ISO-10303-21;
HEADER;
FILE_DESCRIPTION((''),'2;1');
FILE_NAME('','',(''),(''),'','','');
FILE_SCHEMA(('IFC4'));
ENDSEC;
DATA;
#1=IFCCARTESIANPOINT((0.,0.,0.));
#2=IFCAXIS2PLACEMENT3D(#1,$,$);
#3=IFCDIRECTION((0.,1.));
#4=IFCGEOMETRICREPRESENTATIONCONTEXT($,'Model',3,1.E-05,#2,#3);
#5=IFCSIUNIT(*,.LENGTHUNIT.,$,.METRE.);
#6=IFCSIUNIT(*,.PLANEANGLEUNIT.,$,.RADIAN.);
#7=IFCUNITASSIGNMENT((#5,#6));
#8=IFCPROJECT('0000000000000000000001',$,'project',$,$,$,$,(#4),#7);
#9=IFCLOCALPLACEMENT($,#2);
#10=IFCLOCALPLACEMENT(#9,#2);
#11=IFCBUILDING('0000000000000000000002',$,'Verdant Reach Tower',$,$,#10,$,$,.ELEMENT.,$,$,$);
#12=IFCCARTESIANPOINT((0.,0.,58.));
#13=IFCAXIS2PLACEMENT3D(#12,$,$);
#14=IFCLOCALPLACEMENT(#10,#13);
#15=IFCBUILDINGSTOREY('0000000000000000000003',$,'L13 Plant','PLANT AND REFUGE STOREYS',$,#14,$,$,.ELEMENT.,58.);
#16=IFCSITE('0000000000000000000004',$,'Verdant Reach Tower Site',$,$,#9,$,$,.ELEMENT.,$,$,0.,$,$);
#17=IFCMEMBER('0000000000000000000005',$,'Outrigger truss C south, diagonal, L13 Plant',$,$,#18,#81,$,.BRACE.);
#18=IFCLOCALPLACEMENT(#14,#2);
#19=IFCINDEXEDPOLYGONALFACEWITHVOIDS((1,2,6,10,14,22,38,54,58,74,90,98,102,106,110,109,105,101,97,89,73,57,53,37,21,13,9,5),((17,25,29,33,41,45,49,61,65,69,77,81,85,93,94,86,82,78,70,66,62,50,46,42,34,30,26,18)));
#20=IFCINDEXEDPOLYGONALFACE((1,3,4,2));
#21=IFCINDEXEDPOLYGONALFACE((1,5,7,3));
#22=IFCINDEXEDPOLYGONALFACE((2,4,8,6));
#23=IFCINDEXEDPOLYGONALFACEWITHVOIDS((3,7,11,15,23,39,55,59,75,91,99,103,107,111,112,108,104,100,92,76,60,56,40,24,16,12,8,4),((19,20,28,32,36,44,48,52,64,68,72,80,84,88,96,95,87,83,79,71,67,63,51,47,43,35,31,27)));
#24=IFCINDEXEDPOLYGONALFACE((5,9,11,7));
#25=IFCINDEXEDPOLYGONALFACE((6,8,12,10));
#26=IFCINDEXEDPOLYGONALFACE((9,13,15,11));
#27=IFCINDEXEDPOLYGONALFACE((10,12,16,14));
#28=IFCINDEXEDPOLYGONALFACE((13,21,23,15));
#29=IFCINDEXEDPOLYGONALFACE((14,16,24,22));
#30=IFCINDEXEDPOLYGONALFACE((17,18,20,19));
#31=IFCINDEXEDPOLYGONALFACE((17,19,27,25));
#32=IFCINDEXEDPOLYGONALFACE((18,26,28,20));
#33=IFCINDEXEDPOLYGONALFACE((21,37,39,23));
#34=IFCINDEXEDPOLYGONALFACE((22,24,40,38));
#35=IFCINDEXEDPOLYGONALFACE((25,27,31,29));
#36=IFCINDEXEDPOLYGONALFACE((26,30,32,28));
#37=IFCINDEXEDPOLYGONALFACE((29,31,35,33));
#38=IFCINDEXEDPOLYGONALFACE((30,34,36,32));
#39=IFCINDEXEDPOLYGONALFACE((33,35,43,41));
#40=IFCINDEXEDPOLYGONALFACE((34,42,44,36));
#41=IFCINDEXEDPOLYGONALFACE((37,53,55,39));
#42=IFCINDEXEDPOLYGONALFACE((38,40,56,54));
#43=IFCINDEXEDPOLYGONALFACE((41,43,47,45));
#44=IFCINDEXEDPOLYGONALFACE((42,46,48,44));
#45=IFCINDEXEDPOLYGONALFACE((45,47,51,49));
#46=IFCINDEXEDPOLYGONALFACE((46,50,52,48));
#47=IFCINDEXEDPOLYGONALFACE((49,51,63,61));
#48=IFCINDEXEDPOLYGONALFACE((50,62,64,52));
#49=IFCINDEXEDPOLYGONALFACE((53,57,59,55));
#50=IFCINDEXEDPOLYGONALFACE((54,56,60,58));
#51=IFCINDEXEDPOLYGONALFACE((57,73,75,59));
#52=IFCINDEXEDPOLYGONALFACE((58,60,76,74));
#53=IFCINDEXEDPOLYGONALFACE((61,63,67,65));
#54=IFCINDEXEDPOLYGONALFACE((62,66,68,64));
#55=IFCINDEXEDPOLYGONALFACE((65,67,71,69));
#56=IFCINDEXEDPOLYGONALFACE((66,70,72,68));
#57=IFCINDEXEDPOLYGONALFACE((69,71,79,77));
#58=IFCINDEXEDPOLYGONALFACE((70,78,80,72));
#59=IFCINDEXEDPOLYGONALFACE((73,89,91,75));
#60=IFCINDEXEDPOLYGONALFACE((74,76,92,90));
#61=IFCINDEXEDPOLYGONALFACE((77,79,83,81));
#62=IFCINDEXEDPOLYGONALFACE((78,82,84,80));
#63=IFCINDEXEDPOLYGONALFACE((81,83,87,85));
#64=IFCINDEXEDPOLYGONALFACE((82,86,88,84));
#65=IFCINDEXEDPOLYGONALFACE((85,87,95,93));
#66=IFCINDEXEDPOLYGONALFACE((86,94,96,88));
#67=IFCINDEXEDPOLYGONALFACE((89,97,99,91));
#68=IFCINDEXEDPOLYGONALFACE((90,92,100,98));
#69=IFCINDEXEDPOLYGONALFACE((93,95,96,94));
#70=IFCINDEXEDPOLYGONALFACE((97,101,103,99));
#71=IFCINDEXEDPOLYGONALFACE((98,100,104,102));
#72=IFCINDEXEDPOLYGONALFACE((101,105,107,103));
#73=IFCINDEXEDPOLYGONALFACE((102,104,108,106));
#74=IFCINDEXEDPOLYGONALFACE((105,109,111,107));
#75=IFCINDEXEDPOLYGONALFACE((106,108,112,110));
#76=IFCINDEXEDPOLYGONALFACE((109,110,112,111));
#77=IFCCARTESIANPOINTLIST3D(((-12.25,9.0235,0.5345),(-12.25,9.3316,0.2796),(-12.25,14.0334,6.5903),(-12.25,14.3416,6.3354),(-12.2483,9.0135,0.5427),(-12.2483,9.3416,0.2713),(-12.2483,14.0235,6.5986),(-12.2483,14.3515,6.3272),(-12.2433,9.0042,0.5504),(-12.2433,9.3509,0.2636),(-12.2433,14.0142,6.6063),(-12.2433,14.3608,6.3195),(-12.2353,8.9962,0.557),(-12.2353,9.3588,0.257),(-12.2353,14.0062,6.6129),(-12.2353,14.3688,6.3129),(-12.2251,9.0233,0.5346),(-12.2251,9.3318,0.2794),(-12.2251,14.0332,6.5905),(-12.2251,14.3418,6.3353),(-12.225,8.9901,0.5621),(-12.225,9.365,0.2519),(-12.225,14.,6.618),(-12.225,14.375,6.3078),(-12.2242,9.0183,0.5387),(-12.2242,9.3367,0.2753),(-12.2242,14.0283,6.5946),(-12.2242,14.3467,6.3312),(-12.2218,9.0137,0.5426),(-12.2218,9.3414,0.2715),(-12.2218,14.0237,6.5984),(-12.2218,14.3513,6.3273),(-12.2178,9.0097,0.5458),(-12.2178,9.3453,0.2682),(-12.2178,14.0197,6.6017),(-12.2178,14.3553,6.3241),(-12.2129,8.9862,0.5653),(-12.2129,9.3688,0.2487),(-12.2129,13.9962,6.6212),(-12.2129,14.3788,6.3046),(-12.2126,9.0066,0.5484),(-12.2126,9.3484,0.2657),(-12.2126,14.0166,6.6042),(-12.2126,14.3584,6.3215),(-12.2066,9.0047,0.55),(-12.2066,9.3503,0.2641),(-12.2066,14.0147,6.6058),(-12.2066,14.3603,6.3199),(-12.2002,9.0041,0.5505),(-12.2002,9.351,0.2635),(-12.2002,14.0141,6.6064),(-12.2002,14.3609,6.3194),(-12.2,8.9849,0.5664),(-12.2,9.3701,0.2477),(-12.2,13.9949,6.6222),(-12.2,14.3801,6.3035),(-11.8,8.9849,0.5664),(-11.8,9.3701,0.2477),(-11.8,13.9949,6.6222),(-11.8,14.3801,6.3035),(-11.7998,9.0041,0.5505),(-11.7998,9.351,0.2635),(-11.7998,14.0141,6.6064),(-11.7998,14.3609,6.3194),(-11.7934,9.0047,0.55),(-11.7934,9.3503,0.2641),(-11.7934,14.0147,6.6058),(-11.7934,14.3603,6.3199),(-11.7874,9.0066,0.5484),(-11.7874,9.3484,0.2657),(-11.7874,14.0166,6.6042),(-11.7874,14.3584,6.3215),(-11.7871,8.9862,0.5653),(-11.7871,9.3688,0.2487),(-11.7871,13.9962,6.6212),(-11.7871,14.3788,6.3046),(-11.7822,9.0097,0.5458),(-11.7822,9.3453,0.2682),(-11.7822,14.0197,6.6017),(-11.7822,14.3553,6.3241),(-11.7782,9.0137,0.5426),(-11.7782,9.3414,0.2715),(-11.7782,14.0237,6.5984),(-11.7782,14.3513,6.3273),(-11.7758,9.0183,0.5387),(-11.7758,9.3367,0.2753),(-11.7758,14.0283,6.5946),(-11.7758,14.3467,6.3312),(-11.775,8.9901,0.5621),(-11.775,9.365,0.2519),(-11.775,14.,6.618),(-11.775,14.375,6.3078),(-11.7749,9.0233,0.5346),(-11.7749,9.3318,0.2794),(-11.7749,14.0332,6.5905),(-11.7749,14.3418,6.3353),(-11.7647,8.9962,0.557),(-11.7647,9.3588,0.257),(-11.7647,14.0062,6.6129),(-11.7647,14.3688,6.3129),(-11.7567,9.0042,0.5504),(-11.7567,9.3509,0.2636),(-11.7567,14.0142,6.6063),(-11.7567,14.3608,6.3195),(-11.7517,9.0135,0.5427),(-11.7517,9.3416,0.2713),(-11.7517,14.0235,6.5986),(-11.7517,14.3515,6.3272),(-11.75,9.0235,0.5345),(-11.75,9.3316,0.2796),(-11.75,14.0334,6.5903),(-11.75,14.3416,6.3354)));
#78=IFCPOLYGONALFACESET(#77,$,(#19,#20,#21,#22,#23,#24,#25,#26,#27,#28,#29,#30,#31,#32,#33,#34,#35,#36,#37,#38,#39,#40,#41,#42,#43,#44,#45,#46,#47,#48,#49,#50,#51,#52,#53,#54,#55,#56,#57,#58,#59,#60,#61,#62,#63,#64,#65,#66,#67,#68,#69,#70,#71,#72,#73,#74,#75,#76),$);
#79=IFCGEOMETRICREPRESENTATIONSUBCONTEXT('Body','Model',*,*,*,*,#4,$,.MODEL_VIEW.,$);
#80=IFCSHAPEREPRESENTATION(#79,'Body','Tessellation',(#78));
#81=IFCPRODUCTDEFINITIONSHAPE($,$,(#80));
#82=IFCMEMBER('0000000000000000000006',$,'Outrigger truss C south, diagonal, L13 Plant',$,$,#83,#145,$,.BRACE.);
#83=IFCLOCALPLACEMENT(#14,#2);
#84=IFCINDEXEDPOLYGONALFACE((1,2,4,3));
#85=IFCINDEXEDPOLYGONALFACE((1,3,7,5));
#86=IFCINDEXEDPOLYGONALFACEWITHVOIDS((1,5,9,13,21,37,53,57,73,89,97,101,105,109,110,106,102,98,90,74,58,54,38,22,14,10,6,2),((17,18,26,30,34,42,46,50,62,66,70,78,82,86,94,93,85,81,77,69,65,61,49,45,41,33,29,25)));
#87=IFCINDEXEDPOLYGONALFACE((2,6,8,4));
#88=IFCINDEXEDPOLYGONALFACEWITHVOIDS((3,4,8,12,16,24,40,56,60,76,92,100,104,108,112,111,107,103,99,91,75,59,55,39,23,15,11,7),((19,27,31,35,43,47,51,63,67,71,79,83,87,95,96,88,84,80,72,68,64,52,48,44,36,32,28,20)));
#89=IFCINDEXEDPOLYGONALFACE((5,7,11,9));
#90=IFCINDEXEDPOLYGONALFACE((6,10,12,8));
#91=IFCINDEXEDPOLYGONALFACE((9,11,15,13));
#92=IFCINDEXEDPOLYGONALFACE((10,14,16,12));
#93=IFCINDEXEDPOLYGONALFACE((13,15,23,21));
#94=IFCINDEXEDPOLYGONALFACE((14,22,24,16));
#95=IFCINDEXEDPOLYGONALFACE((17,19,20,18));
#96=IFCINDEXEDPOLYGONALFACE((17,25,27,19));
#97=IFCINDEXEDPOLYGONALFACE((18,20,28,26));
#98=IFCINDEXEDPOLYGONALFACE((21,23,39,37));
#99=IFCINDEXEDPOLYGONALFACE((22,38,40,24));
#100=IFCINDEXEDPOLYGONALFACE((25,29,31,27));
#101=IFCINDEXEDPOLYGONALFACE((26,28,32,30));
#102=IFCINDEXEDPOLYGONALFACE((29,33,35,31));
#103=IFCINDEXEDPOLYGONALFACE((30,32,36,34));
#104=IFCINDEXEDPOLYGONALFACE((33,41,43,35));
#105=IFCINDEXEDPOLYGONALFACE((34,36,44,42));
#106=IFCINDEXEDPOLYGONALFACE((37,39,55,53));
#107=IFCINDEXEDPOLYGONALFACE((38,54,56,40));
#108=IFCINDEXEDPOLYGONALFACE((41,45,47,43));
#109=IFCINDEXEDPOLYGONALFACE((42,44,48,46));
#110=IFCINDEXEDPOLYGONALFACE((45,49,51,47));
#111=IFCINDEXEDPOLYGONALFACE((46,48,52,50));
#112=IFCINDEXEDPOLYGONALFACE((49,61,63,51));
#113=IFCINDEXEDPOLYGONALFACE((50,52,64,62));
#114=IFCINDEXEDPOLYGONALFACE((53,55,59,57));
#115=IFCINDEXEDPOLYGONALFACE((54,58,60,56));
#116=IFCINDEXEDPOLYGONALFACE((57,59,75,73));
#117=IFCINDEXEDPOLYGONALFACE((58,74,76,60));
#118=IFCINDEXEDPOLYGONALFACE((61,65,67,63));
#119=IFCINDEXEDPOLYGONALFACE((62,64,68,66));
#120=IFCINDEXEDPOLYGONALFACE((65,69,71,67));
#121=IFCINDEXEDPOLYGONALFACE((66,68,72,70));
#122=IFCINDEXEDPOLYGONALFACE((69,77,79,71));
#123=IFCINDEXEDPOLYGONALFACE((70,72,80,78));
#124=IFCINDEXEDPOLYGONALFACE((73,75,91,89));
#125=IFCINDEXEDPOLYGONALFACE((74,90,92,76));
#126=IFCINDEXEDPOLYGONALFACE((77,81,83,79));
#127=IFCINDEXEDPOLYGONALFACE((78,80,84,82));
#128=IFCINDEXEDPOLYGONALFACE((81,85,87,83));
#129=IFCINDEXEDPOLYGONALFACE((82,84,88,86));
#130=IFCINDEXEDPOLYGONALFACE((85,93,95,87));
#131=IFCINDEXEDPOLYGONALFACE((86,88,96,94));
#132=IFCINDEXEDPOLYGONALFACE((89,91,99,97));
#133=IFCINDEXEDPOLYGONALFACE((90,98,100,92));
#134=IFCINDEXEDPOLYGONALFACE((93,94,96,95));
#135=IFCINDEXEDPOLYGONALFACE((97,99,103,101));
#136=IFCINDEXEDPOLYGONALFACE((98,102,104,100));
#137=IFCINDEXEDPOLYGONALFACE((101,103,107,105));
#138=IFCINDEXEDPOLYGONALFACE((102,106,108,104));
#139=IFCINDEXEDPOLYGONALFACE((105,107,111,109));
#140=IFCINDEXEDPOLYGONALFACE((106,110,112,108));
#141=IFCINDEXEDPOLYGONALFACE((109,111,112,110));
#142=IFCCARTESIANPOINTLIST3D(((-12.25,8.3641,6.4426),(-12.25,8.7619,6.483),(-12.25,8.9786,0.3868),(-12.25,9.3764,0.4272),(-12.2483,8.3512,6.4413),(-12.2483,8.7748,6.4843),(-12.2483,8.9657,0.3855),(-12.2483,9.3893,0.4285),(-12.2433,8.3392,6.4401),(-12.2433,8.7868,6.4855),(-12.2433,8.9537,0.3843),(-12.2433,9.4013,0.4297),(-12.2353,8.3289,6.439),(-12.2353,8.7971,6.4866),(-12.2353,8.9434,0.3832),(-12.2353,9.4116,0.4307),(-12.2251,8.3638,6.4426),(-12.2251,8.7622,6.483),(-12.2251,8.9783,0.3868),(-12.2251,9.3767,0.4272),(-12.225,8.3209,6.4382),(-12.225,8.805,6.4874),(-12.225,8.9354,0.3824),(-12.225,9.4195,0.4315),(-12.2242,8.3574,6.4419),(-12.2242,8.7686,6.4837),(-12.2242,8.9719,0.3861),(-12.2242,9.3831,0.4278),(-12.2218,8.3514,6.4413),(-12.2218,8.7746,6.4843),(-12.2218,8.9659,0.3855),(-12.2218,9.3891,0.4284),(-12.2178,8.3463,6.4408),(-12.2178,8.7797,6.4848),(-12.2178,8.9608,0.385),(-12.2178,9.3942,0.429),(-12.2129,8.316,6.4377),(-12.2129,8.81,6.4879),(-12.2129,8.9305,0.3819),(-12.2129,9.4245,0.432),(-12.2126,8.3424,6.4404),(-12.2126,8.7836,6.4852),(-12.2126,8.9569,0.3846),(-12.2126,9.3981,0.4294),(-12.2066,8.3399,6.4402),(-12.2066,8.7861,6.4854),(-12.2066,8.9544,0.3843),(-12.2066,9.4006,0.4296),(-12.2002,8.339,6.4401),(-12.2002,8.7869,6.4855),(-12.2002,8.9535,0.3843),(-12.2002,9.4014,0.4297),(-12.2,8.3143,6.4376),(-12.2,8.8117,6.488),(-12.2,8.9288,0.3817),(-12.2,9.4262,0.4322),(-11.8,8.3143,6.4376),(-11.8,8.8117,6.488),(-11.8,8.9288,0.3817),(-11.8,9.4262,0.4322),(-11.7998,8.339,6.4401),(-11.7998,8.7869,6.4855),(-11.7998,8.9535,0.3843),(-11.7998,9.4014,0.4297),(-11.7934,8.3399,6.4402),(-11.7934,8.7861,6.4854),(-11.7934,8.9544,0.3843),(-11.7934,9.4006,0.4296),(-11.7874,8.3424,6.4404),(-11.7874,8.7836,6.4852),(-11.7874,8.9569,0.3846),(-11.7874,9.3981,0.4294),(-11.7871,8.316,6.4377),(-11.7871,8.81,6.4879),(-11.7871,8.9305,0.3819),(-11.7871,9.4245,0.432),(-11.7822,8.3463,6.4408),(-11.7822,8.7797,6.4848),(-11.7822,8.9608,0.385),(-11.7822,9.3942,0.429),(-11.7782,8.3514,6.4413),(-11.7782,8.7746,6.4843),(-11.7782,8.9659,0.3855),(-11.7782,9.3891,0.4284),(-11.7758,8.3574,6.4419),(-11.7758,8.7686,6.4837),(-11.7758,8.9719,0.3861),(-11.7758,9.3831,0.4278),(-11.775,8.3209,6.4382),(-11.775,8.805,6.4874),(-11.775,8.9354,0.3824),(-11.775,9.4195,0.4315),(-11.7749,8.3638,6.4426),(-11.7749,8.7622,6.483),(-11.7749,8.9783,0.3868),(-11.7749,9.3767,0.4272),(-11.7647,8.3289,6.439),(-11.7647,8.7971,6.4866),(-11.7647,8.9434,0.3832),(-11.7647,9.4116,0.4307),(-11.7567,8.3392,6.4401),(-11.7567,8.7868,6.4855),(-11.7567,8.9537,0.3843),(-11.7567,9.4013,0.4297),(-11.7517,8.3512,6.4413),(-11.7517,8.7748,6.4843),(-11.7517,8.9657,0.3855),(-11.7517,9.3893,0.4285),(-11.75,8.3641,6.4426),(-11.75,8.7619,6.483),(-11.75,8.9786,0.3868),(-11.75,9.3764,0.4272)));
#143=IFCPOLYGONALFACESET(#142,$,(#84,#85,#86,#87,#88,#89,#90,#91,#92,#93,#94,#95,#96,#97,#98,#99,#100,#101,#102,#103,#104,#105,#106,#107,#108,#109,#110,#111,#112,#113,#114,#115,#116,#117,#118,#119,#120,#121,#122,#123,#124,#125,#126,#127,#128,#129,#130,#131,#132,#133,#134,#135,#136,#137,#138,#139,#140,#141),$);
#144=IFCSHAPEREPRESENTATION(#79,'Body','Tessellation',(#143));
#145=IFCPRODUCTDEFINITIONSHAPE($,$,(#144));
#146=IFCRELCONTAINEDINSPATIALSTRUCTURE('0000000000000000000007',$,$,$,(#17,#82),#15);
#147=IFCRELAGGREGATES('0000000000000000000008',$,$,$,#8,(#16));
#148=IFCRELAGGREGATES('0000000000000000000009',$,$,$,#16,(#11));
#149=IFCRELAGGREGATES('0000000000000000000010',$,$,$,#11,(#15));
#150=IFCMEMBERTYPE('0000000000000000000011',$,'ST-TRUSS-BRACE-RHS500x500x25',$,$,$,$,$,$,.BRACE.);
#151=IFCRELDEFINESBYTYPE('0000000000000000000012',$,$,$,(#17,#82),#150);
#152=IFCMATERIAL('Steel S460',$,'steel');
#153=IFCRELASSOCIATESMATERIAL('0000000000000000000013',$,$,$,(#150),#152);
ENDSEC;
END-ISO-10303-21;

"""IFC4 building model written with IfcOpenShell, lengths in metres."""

from ifc_helpers import new_model, si_unit, direction, frame, origin, origin_2d, place, context, subcontext, project, spatial, hollow_rectangle, extrude, material, material_profile, profile_set, type_object, element, save


model = new_model("IFC4")

# Units and contexts
model_context = context("Model", 3, precision=1e-05, world=origin(), true_north=direction((0.0, 1.0)))
body_context = subcontext(model_context, "Body", "Model", "MODEL_VIEW")
ifc_project = project(units=[si_unit("LENGTHUNIT", "METRE"), si_unit("PLANEANGLEUNIT", "RADIAN")], contexts=[model_context])

# Site, building, storey
site_placement = place(None, origin())
site = spatial("IfcSite", under=ifc_project, at=site_placement, Name="Verdant Reach Tower Site", CompositionType="ELEMENT", RefElevation=0.0)
building_placement = place(site_placement, origin())
building = spatial("IfcBuilding", under=site, at=building_placement, Name="Verdant Reach Tower", CompositionType="ELEMENT")
storey_placement = place(building_placement, frame((0.0, 0.0, 58.0)))
storey = spatial("IfcBuildingStorey", under=building, at=storey_placement, Name="L13 Plant", Description="PLANT AND REFUGE STOREYS", CompositionType="ELEMENT", Elevation=58.0)

# Shared definitions
ifc_material_1 = material(Name="Steel S460", Category="steel")

# Members
ifc_material_profile_1 = material_profile(ifc_material_1, hollow_rectangle(XDim=0.5, YDim=0.5, WallThickness=0.0249, InnerFilletRadius=0.0249, OuterFilletRadius=0.05, at=origin_2d()), Name="RHS 500x500x25")
ifc_profile_set_1 = profile_set([ifc_material_profile_1], Name="Steel S460")
member_type_1 = type_object("IfcMemberType", Name="ST-TRUSS-BRACE-RHS500x500x25", PredefinedType="BRACE", material=ifc_profile_set_1)
member_1_placement = place(storey_placement, frame((-12.0, 14.1875, 6.4629), z_axis=(0.0, -0.637434, -0.770505), x_axis=(1.0, 0.0, 0.0)))
element("IfcMember", 1, at=member_1_placement, inside=storey, type_object=member_type_1, Name="Outrigger truss C south, diagonal, L13 Plant", PredefinedType="BRACE", context=body_context, shape_type="SweptSolid", body=[
    extrude(hollow_rectangle(XDim=0.5, YDim=0.5, WallThickness=0.0249, InnerFilletRadius=0.0249, OuterFilletRadius=0.05, at=origin_2d()), origin(), (0.0, 0.0, 1.0), 7.8596),
])
member_2_placement = place(storey_placement, frame((-12.0, 9.1775, 0.407), z_axis=(0.0, -0.100953, 0.994891), x_axis=(1.0, 0.0, 0.0)))
element("IfcMember", 2, at=member_2_placement, inside=storey, type_object=member_type_1, Name="Outrigger truss C south, diagonal, L13 Plant", PredefinedType="BRACE", context=body_context, shape_type="SweptSolid", body=[
    extrude(hollow_rectangle(XDim=0.5, YDim=0.5, WallThickness=0.0249, InnerFilletRadius=0.0249, OuterFilletRadius=0.05, at=origin_2d()), origin(), (0.0, 0.0, 1.0), 6.0869),
])

save(model, "model.ifc")
